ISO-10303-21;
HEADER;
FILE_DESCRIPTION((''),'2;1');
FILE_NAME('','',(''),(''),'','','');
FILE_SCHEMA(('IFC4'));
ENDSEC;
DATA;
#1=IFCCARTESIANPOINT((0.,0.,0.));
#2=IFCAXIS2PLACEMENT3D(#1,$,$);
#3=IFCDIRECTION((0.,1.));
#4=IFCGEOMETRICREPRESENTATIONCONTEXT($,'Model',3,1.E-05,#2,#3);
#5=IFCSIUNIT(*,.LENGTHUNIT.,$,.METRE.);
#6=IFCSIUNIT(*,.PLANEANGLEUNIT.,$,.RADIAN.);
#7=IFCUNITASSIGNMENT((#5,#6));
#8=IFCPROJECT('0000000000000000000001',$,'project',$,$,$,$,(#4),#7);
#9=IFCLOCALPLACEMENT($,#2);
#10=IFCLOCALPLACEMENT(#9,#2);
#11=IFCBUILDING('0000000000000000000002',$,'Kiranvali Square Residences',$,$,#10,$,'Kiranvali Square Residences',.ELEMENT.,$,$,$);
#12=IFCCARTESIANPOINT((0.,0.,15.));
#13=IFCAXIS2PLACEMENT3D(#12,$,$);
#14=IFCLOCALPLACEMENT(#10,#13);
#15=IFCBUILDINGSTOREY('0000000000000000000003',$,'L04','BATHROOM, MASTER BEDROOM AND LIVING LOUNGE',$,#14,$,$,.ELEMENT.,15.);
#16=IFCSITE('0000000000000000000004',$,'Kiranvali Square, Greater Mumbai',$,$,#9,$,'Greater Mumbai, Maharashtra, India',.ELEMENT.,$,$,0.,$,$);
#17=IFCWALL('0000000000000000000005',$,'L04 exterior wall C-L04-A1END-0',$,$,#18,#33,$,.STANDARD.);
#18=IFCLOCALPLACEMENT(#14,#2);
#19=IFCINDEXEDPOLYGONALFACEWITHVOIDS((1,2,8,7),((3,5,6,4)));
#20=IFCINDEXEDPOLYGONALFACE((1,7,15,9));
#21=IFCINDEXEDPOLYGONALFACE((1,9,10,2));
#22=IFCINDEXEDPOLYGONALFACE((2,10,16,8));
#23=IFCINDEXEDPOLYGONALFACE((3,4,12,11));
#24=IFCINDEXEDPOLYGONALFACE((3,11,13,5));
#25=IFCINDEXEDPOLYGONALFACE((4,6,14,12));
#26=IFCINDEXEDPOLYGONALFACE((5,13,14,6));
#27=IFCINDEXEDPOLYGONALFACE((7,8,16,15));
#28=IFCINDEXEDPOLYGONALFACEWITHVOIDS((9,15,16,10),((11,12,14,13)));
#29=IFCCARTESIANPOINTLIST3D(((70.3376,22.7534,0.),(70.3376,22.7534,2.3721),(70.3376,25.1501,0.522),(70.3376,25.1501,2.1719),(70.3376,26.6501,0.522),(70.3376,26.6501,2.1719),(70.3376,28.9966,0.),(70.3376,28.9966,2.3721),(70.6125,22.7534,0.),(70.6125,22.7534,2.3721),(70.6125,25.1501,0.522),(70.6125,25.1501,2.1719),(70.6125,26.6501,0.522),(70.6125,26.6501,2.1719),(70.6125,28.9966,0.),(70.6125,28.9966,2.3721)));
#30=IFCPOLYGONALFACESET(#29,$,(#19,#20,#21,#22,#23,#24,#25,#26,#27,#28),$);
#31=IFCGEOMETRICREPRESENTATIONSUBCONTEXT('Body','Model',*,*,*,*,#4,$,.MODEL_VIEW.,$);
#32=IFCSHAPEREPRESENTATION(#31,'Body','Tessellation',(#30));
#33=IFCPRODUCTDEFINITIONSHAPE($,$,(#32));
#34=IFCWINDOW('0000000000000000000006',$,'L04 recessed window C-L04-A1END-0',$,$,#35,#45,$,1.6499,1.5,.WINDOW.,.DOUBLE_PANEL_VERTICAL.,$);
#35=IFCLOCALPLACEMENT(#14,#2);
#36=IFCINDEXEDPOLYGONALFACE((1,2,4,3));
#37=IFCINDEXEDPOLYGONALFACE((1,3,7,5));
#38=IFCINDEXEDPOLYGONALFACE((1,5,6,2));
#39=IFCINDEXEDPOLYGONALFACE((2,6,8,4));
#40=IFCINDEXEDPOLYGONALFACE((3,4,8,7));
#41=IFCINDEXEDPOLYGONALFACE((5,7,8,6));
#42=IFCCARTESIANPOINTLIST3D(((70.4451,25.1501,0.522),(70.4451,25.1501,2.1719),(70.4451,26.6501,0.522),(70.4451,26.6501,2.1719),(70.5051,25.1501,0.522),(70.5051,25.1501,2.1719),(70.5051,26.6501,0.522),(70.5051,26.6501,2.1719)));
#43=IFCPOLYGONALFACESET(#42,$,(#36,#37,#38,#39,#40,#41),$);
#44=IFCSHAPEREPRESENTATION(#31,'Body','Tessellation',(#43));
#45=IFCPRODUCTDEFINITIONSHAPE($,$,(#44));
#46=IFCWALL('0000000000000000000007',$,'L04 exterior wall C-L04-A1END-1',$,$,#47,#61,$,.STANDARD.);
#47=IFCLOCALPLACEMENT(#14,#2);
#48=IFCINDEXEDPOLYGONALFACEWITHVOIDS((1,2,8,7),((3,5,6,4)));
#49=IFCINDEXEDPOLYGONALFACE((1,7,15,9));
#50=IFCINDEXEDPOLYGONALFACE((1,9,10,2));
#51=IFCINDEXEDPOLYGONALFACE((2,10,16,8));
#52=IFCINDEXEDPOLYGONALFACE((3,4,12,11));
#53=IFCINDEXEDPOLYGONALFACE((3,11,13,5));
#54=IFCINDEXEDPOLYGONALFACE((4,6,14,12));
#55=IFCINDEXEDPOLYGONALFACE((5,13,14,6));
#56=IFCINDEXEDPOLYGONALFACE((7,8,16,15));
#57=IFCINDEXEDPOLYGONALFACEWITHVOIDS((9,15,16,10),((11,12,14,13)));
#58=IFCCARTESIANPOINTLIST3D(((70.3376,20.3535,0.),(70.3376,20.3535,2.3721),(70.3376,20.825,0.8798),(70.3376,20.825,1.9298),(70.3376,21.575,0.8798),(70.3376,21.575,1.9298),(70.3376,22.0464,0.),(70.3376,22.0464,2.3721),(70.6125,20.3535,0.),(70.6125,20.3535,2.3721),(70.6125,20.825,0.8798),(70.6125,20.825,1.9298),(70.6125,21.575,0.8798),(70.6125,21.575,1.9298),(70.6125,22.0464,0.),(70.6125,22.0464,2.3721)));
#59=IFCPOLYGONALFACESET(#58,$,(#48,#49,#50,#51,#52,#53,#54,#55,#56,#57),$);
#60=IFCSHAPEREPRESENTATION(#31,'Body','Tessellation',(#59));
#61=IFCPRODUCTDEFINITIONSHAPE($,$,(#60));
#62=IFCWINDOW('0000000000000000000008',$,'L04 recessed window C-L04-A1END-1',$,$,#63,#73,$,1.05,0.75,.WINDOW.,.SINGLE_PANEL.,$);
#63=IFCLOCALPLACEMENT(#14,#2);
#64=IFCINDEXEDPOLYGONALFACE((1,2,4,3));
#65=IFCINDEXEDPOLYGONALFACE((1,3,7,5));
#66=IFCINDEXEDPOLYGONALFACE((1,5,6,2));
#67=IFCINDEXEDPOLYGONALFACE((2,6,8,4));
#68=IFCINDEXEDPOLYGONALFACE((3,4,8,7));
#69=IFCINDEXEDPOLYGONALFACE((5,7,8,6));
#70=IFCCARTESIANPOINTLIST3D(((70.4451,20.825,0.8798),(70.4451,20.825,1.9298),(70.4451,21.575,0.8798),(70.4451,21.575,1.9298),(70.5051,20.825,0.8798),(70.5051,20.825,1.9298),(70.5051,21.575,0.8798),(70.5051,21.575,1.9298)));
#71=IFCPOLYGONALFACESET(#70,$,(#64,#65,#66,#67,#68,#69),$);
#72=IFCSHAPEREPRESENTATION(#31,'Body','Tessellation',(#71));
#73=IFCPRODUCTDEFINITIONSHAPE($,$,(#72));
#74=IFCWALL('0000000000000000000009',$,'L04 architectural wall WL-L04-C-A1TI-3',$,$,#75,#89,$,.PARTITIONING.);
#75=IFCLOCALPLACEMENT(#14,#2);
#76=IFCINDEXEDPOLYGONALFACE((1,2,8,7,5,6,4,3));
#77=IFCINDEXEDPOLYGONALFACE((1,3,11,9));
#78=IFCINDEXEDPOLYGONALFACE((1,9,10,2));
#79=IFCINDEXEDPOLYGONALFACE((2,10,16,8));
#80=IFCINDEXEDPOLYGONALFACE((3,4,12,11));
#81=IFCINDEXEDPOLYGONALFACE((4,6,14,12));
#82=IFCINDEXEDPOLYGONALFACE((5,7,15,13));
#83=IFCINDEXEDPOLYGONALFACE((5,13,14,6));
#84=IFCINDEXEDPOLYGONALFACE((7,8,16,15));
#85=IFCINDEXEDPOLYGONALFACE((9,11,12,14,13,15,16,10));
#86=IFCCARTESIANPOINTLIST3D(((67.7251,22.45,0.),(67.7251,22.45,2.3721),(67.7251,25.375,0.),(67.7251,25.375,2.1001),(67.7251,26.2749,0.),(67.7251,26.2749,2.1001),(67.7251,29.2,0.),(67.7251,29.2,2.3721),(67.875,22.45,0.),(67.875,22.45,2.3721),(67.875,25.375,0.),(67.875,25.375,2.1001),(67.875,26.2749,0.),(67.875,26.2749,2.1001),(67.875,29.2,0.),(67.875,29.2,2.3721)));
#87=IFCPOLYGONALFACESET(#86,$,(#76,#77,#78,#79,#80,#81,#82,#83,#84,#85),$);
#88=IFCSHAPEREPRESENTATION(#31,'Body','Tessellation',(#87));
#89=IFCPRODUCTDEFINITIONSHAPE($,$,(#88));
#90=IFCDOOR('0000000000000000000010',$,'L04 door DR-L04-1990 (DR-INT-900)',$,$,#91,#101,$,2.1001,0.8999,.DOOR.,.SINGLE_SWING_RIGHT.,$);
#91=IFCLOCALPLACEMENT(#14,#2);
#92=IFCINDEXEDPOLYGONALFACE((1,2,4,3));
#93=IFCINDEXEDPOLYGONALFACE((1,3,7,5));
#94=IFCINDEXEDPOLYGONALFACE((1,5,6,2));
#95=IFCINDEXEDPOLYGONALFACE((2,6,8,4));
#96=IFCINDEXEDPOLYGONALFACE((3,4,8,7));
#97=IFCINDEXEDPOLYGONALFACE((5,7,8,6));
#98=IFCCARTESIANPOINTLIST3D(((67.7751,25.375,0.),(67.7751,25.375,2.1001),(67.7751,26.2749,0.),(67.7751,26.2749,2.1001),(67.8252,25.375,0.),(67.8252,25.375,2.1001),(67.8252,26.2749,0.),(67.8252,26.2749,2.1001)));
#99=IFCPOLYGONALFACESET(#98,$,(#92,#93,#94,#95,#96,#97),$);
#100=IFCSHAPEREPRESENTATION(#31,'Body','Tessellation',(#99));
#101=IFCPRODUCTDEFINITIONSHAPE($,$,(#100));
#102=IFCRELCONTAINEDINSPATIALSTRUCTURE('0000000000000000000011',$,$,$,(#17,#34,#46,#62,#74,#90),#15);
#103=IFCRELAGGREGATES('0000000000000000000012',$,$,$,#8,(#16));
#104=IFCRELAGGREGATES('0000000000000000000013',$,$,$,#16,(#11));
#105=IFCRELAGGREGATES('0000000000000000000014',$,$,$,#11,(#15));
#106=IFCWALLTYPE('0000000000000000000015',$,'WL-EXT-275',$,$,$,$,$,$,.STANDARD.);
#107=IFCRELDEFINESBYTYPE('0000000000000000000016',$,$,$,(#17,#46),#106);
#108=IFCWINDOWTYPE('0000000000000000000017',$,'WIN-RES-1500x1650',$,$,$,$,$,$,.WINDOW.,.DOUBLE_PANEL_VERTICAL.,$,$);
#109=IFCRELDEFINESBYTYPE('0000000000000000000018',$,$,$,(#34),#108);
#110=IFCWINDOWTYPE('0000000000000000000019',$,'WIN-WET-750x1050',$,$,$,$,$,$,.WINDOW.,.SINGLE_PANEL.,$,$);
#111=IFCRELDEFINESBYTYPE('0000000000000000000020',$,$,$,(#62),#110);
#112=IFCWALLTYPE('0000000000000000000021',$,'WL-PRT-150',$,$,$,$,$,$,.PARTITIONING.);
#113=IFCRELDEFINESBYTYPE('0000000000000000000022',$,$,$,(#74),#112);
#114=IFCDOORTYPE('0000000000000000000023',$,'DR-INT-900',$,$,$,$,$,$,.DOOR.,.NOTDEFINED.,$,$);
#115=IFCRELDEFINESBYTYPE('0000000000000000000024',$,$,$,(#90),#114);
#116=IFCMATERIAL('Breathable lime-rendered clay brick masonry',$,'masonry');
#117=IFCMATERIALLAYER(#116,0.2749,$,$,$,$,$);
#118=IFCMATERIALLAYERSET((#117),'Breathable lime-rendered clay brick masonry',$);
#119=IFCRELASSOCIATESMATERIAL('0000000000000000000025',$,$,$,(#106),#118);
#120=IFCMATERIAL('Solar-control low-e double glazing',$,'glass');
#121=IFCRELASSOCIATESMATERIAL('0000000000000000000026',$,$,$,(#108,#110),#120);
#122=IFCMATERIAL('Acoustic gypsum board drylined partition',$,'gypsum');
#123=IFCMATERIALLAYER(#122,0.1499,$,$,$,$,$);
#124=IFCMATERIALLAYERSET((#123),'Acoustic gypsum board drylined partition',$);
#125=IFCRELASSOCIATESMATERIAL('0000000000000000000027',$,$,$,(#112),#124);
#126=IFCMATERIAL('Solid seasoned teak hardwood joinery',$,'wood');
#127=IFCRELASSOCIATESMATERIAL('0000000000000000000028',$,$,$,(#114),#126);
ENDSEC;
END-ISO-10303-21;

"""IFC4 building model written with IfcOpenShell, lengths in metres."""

from ifc_helpers import new_model, si_unit, direction, frame, frame_2d, origin, place, context, subcontext, project, spatial, rectangle, extrude, material, layer, layer_set, type_object, element, fill, save


model = new_model("IFC4")

# Units and contexts
model_context = context("Model", 3, precision=1e-05, world=origin(), true_north=direction((0.0, 1.0)))
body_context = subcontext(model_context, "Body", "Model", "MODEL_VIEW")
ifc_project = project(units=[si_unit("LENGTHUNIT", "METRE"), si_unit("PLANEANGLEUNIT", "RADIAN")], contexts=[model_context])

# Site, building, storey
site_placement = place(None, origin())
site = spatial("IfcSite", under=ifc_project, at=site_placement, Name="Kiranvali Square, Greater Mumbai", LongName="Greater Mumbai, Maharashtra, India", CompositionType="ELEMENT", RefElevation=0.0)
building_placement = place(site_placement, origin())
building = spatial("IfcBuilding", under=site, at=building_placement, Name="Kiranvali Square Residences", LongName="Kiranvali Square Residences", CompositionType="ELEMENT")
storey_placement = place(building_placement, frame((0.0, 0.0, 15.0)))
storey = spatial("IfcBuildingStorey", under=building, at=storey_placement, Name="L04", Description="BATHROOM, MASTER BEDROOM AND LIVING LOUNGE", CompositionType="ELEMENT", Elevation=15.0)

# Walls, openings, windows
ifc_material_1 = material(Name="Breathable lime-rendered clay brick masonry", Category="masonry")
ifc_layer_1 = layer(ifc_material_1, 0.2749)
ifc_layer_set_1 = layer_set([ifc_layer_1], Name="Breathable lime-rendered clay brick masonry")
wall_type_1 = type_object("IfcWallType", Name="WL-EXT-275", PredefinedType="STANDARD", material=ifc_layer_set_1)
wall_1_placement = place(storey_placement, frame((70.4751, 28.9966, 0.0), z_axis=(0.0, 0.0, 1.0), x_axis=(0.0, -1.0, 0.0)))
wall_1 = element("IfcWall", 1, at=wall_1_placement, inside=storey, type_object=wall_type_1, Name="L04 exterior wall C-L04-A1END-0", PredefinedType="STANDARD", context=body_context, shape_type="SweptSolid", body=[
    extrude(rectangle(XDim=6.2432, YDim=0.2749, at=frame_2d((3.1216, 0.0))), origin(), (0.0, 0.0, 1.0), 2.3721),
])
opening_1_placement = place(wall_1_placement, frame((2.3464, 0.0, 0.522)))
opening_1 = element("IfcOpeningElement", 2, at=opening_1_placement, cuts=wall_1, PredefinedType="OPENING", context=body_context, shape_type="SweptSolid", body=[
    extrude(rectangle(XDim=1.5, YDim=1.6499, at=frame_2d((0.75, 0.825))), frame((0.0, 0.1475, 0.0), z_axis=(0.0, -1.0, 0.0), x_axis=(1.0, 0.0, 0.0)), (0.0, 0.0, 1.0), 0.2949),
])
ifc_material_2 = material(Name="Solar-control low-e double glazing", Category="glass")
window_type_1 = type_object("IfcWindowType", Name="WIN-RES-1500x1650", PartitioningType="DOUBLE_PANEL_VERTICAL", PredefinedType="WINDOW", material=ifc_material_2)
window_1_placement = place(opening_1_placement, origin())
window_1 = element("IfcWindow", 3, at=window_1_placement, inside=storey, type_object=window_type_1, Name="L04 recessed window C-L04-A1END-0", OverallHeight=1.6499, OverallWidth=1.5, PartitioningType="DOUBLE_PANEL_VERTICAL", PredefinedType="WINDOW", context=body_context, shape_type="SweptSolid", body=[
    extrude(rectangle(XDim=1.5, YDim=1.6499, at=frame_2d((0.75, 0.825))), frame((0.0, 0.03, 0.0), z_axis=(0.0, -1.0, 0.0), x_axis=(1.0, 0.0, 0.0)), (0.0, 0.0, 1.0), 0.0601),
])
fill(opening_1, window_1)
wall_2_placement = place(storey_placement, frame((70.4751, 22.0464, 0.0), z_axis=(0.0, 0.0, 1.0), x_axis=(0.0, -1.0, 0.0)))
wall_2 = element("IfcWall", 4, at=wall_2_placement, inside=storey, type_object=wall_type_1, Name="L04 exterior wall C-L04-A1END-1", PredefinedType="STANDARD", context=body_context, shape_type="SweptSolid", body=[
    extrude(rectangle(XDim=1.6929, YDim=0.2749, at=frame_2d((0.8464, 0.0))), origin(), (0.0, 0.0, 1.0), 2.3721),
])
opening_2_placement = place(wall_2_placement, frame((0.4714, 0.0, 0.8799)))
opening_2 = element("IfcOpeningElement", 5, at=opening_2_placement, cuts=wall_2, PredefinedType="OPENING", context=body_context, shape_type="SweptSolid", body=[
    extrude(rectangle(XDim=0.75, YDim=1.05, at=frame_2d((0.375, 0.5249))), frame((0.0, 0.1475, 0.0), z_axis=(0.0, -1.0, 0.0), x_axis=(1.0, 0.0, 0.0)), (0.0, 0.0, 1.0), 0.2949),
])
window_type_2 = type_object("IfcWindowType", Name="WIN-WET-750x1050", PartitioningType="SINGLE_PANEL", PredefinedType="WINDOW", material=ifc_material_2)
window_2_placement = place(opening_2_placement, origin())
window_2 = element("IfcWindow", 6, at=window_2_placement, inside=storey, type_object=window_type_2, Name="L04 recessed window C-L04-A1END-1", OverallHeight=1.05, OverallWidth=0.75, PartitioningType="SINGLE_PANEL", PredefinedType="WINDOW", context=body_context, shape_type="SweptSolid", body=[
    extrude(rectangle(XDim=0.75, YDim=1.05, at=frame_2d((0.375, 0.5249))), frame((0.0, 0.03, 0.0), z_axis=(0.0, -1.0, 0.0), x_axis=(1.0, 0.0, 0.0)), (0.0, 0.0, 1.0), 0.0601),
])
fill(opening_2, window_2)

# Wall, opening, door
ifc_material_3 = material(Name="Acoustic gypsum board drylined partition", Category="gypsum")
ifc_layer_2 = layer(ifc_material_3, 0.1499)
ifc_layer_set_2 = layer_set([ifc_layer_2], Name="Acoustic gypsum board drylined partition")
wall_type_2 = type_object("IfcWallType", Name="WL-PRT-150", PredefinedType="PARTITIONING", material=ifc_layer_set_2)
wall_3_placement = place(storey_placement, frame((67.8, 29.2, 0.0), z_axis=(0.0, 0.0, 1.0), x_axis=(0.0, -1.0, 0.0)))
wall_3 = element("IfcWall", 7, at=wall_3_placement, inside=storey, type_object=wall_type_2, Name="L04 architectural wall WL-L04-C-A1TI-3", PredefinedType="PARTITIONING", context=body_context, shape_type="SweptSolid", body=[
    extrude(rectangle(XDim=6.75, YDim=0.1499, at=frame_2d((3.375, 0.0))), origin(), (0.0, 0.0, 1.0), 2.3721),
])
opening_3_placement = place(wall_3_placement, frame((2.925, 0.0, 0.0)))
opening_3 = element("IfcOpeningElement", 8, at=opening_3_placement, cuts=wall_3, PredefinedType="OPENING", context=body_context, shape_type="SweptSolid", body=[
    extrude(rectangle(XDim=0.8999, YDim=2.1001, at=frame_2d((0.45, 1.05))), frame((0.0, 0.085, 0.0), z_axis=(0.0, -1.0, 0.0), x_axis=(1.0, 0.0, 0.0)), (0.0, 0.0, 1.0), 0.1699),
])
ifc_material_4 = material(Name="Solid seasoned teak hardwood joinery", Category="wood")
door_type_1 = type_object("IfcDoorType", Name="DR-INT-900", OperationType="NOTDEFINED", PredefinedType="DOOR", material=ifc_material_4)
door_1_placement = place(opening_3_placement, frame((0.8999, 0.0, 0.0), z_axis=(0.0, 0.0, 1.0), x_axis=(-1.0, 0.0, 0.0)))
door_1 = element("IfcDoor", 9, at=door_1_placement, inside=storey, type_object=door_type_1, Name="L04 door DR-L04-1990 (DR-INT-900)", OperationType="SINGLE_SWING_RIGHT", OverallHeight=2.1001, OverallWidth=0.8999, PredefinedType="DOOR", context=body_context, shape_type="SweptSolid", body=[
    extrude(rectangle(XDim=0.8999, YDim=2.1001, at=frame_2d((0.45, 1.05))), frame((0.0, 0.0249, 0.0), z_axis=(0.0, -1.0, 0.0), x_axis=(1.0, 0.0, 0.0)), (0.0, 0.0, 1.0), 0.05),
])
fill(opening_3, door_1)

save(model, "model.ifc")
